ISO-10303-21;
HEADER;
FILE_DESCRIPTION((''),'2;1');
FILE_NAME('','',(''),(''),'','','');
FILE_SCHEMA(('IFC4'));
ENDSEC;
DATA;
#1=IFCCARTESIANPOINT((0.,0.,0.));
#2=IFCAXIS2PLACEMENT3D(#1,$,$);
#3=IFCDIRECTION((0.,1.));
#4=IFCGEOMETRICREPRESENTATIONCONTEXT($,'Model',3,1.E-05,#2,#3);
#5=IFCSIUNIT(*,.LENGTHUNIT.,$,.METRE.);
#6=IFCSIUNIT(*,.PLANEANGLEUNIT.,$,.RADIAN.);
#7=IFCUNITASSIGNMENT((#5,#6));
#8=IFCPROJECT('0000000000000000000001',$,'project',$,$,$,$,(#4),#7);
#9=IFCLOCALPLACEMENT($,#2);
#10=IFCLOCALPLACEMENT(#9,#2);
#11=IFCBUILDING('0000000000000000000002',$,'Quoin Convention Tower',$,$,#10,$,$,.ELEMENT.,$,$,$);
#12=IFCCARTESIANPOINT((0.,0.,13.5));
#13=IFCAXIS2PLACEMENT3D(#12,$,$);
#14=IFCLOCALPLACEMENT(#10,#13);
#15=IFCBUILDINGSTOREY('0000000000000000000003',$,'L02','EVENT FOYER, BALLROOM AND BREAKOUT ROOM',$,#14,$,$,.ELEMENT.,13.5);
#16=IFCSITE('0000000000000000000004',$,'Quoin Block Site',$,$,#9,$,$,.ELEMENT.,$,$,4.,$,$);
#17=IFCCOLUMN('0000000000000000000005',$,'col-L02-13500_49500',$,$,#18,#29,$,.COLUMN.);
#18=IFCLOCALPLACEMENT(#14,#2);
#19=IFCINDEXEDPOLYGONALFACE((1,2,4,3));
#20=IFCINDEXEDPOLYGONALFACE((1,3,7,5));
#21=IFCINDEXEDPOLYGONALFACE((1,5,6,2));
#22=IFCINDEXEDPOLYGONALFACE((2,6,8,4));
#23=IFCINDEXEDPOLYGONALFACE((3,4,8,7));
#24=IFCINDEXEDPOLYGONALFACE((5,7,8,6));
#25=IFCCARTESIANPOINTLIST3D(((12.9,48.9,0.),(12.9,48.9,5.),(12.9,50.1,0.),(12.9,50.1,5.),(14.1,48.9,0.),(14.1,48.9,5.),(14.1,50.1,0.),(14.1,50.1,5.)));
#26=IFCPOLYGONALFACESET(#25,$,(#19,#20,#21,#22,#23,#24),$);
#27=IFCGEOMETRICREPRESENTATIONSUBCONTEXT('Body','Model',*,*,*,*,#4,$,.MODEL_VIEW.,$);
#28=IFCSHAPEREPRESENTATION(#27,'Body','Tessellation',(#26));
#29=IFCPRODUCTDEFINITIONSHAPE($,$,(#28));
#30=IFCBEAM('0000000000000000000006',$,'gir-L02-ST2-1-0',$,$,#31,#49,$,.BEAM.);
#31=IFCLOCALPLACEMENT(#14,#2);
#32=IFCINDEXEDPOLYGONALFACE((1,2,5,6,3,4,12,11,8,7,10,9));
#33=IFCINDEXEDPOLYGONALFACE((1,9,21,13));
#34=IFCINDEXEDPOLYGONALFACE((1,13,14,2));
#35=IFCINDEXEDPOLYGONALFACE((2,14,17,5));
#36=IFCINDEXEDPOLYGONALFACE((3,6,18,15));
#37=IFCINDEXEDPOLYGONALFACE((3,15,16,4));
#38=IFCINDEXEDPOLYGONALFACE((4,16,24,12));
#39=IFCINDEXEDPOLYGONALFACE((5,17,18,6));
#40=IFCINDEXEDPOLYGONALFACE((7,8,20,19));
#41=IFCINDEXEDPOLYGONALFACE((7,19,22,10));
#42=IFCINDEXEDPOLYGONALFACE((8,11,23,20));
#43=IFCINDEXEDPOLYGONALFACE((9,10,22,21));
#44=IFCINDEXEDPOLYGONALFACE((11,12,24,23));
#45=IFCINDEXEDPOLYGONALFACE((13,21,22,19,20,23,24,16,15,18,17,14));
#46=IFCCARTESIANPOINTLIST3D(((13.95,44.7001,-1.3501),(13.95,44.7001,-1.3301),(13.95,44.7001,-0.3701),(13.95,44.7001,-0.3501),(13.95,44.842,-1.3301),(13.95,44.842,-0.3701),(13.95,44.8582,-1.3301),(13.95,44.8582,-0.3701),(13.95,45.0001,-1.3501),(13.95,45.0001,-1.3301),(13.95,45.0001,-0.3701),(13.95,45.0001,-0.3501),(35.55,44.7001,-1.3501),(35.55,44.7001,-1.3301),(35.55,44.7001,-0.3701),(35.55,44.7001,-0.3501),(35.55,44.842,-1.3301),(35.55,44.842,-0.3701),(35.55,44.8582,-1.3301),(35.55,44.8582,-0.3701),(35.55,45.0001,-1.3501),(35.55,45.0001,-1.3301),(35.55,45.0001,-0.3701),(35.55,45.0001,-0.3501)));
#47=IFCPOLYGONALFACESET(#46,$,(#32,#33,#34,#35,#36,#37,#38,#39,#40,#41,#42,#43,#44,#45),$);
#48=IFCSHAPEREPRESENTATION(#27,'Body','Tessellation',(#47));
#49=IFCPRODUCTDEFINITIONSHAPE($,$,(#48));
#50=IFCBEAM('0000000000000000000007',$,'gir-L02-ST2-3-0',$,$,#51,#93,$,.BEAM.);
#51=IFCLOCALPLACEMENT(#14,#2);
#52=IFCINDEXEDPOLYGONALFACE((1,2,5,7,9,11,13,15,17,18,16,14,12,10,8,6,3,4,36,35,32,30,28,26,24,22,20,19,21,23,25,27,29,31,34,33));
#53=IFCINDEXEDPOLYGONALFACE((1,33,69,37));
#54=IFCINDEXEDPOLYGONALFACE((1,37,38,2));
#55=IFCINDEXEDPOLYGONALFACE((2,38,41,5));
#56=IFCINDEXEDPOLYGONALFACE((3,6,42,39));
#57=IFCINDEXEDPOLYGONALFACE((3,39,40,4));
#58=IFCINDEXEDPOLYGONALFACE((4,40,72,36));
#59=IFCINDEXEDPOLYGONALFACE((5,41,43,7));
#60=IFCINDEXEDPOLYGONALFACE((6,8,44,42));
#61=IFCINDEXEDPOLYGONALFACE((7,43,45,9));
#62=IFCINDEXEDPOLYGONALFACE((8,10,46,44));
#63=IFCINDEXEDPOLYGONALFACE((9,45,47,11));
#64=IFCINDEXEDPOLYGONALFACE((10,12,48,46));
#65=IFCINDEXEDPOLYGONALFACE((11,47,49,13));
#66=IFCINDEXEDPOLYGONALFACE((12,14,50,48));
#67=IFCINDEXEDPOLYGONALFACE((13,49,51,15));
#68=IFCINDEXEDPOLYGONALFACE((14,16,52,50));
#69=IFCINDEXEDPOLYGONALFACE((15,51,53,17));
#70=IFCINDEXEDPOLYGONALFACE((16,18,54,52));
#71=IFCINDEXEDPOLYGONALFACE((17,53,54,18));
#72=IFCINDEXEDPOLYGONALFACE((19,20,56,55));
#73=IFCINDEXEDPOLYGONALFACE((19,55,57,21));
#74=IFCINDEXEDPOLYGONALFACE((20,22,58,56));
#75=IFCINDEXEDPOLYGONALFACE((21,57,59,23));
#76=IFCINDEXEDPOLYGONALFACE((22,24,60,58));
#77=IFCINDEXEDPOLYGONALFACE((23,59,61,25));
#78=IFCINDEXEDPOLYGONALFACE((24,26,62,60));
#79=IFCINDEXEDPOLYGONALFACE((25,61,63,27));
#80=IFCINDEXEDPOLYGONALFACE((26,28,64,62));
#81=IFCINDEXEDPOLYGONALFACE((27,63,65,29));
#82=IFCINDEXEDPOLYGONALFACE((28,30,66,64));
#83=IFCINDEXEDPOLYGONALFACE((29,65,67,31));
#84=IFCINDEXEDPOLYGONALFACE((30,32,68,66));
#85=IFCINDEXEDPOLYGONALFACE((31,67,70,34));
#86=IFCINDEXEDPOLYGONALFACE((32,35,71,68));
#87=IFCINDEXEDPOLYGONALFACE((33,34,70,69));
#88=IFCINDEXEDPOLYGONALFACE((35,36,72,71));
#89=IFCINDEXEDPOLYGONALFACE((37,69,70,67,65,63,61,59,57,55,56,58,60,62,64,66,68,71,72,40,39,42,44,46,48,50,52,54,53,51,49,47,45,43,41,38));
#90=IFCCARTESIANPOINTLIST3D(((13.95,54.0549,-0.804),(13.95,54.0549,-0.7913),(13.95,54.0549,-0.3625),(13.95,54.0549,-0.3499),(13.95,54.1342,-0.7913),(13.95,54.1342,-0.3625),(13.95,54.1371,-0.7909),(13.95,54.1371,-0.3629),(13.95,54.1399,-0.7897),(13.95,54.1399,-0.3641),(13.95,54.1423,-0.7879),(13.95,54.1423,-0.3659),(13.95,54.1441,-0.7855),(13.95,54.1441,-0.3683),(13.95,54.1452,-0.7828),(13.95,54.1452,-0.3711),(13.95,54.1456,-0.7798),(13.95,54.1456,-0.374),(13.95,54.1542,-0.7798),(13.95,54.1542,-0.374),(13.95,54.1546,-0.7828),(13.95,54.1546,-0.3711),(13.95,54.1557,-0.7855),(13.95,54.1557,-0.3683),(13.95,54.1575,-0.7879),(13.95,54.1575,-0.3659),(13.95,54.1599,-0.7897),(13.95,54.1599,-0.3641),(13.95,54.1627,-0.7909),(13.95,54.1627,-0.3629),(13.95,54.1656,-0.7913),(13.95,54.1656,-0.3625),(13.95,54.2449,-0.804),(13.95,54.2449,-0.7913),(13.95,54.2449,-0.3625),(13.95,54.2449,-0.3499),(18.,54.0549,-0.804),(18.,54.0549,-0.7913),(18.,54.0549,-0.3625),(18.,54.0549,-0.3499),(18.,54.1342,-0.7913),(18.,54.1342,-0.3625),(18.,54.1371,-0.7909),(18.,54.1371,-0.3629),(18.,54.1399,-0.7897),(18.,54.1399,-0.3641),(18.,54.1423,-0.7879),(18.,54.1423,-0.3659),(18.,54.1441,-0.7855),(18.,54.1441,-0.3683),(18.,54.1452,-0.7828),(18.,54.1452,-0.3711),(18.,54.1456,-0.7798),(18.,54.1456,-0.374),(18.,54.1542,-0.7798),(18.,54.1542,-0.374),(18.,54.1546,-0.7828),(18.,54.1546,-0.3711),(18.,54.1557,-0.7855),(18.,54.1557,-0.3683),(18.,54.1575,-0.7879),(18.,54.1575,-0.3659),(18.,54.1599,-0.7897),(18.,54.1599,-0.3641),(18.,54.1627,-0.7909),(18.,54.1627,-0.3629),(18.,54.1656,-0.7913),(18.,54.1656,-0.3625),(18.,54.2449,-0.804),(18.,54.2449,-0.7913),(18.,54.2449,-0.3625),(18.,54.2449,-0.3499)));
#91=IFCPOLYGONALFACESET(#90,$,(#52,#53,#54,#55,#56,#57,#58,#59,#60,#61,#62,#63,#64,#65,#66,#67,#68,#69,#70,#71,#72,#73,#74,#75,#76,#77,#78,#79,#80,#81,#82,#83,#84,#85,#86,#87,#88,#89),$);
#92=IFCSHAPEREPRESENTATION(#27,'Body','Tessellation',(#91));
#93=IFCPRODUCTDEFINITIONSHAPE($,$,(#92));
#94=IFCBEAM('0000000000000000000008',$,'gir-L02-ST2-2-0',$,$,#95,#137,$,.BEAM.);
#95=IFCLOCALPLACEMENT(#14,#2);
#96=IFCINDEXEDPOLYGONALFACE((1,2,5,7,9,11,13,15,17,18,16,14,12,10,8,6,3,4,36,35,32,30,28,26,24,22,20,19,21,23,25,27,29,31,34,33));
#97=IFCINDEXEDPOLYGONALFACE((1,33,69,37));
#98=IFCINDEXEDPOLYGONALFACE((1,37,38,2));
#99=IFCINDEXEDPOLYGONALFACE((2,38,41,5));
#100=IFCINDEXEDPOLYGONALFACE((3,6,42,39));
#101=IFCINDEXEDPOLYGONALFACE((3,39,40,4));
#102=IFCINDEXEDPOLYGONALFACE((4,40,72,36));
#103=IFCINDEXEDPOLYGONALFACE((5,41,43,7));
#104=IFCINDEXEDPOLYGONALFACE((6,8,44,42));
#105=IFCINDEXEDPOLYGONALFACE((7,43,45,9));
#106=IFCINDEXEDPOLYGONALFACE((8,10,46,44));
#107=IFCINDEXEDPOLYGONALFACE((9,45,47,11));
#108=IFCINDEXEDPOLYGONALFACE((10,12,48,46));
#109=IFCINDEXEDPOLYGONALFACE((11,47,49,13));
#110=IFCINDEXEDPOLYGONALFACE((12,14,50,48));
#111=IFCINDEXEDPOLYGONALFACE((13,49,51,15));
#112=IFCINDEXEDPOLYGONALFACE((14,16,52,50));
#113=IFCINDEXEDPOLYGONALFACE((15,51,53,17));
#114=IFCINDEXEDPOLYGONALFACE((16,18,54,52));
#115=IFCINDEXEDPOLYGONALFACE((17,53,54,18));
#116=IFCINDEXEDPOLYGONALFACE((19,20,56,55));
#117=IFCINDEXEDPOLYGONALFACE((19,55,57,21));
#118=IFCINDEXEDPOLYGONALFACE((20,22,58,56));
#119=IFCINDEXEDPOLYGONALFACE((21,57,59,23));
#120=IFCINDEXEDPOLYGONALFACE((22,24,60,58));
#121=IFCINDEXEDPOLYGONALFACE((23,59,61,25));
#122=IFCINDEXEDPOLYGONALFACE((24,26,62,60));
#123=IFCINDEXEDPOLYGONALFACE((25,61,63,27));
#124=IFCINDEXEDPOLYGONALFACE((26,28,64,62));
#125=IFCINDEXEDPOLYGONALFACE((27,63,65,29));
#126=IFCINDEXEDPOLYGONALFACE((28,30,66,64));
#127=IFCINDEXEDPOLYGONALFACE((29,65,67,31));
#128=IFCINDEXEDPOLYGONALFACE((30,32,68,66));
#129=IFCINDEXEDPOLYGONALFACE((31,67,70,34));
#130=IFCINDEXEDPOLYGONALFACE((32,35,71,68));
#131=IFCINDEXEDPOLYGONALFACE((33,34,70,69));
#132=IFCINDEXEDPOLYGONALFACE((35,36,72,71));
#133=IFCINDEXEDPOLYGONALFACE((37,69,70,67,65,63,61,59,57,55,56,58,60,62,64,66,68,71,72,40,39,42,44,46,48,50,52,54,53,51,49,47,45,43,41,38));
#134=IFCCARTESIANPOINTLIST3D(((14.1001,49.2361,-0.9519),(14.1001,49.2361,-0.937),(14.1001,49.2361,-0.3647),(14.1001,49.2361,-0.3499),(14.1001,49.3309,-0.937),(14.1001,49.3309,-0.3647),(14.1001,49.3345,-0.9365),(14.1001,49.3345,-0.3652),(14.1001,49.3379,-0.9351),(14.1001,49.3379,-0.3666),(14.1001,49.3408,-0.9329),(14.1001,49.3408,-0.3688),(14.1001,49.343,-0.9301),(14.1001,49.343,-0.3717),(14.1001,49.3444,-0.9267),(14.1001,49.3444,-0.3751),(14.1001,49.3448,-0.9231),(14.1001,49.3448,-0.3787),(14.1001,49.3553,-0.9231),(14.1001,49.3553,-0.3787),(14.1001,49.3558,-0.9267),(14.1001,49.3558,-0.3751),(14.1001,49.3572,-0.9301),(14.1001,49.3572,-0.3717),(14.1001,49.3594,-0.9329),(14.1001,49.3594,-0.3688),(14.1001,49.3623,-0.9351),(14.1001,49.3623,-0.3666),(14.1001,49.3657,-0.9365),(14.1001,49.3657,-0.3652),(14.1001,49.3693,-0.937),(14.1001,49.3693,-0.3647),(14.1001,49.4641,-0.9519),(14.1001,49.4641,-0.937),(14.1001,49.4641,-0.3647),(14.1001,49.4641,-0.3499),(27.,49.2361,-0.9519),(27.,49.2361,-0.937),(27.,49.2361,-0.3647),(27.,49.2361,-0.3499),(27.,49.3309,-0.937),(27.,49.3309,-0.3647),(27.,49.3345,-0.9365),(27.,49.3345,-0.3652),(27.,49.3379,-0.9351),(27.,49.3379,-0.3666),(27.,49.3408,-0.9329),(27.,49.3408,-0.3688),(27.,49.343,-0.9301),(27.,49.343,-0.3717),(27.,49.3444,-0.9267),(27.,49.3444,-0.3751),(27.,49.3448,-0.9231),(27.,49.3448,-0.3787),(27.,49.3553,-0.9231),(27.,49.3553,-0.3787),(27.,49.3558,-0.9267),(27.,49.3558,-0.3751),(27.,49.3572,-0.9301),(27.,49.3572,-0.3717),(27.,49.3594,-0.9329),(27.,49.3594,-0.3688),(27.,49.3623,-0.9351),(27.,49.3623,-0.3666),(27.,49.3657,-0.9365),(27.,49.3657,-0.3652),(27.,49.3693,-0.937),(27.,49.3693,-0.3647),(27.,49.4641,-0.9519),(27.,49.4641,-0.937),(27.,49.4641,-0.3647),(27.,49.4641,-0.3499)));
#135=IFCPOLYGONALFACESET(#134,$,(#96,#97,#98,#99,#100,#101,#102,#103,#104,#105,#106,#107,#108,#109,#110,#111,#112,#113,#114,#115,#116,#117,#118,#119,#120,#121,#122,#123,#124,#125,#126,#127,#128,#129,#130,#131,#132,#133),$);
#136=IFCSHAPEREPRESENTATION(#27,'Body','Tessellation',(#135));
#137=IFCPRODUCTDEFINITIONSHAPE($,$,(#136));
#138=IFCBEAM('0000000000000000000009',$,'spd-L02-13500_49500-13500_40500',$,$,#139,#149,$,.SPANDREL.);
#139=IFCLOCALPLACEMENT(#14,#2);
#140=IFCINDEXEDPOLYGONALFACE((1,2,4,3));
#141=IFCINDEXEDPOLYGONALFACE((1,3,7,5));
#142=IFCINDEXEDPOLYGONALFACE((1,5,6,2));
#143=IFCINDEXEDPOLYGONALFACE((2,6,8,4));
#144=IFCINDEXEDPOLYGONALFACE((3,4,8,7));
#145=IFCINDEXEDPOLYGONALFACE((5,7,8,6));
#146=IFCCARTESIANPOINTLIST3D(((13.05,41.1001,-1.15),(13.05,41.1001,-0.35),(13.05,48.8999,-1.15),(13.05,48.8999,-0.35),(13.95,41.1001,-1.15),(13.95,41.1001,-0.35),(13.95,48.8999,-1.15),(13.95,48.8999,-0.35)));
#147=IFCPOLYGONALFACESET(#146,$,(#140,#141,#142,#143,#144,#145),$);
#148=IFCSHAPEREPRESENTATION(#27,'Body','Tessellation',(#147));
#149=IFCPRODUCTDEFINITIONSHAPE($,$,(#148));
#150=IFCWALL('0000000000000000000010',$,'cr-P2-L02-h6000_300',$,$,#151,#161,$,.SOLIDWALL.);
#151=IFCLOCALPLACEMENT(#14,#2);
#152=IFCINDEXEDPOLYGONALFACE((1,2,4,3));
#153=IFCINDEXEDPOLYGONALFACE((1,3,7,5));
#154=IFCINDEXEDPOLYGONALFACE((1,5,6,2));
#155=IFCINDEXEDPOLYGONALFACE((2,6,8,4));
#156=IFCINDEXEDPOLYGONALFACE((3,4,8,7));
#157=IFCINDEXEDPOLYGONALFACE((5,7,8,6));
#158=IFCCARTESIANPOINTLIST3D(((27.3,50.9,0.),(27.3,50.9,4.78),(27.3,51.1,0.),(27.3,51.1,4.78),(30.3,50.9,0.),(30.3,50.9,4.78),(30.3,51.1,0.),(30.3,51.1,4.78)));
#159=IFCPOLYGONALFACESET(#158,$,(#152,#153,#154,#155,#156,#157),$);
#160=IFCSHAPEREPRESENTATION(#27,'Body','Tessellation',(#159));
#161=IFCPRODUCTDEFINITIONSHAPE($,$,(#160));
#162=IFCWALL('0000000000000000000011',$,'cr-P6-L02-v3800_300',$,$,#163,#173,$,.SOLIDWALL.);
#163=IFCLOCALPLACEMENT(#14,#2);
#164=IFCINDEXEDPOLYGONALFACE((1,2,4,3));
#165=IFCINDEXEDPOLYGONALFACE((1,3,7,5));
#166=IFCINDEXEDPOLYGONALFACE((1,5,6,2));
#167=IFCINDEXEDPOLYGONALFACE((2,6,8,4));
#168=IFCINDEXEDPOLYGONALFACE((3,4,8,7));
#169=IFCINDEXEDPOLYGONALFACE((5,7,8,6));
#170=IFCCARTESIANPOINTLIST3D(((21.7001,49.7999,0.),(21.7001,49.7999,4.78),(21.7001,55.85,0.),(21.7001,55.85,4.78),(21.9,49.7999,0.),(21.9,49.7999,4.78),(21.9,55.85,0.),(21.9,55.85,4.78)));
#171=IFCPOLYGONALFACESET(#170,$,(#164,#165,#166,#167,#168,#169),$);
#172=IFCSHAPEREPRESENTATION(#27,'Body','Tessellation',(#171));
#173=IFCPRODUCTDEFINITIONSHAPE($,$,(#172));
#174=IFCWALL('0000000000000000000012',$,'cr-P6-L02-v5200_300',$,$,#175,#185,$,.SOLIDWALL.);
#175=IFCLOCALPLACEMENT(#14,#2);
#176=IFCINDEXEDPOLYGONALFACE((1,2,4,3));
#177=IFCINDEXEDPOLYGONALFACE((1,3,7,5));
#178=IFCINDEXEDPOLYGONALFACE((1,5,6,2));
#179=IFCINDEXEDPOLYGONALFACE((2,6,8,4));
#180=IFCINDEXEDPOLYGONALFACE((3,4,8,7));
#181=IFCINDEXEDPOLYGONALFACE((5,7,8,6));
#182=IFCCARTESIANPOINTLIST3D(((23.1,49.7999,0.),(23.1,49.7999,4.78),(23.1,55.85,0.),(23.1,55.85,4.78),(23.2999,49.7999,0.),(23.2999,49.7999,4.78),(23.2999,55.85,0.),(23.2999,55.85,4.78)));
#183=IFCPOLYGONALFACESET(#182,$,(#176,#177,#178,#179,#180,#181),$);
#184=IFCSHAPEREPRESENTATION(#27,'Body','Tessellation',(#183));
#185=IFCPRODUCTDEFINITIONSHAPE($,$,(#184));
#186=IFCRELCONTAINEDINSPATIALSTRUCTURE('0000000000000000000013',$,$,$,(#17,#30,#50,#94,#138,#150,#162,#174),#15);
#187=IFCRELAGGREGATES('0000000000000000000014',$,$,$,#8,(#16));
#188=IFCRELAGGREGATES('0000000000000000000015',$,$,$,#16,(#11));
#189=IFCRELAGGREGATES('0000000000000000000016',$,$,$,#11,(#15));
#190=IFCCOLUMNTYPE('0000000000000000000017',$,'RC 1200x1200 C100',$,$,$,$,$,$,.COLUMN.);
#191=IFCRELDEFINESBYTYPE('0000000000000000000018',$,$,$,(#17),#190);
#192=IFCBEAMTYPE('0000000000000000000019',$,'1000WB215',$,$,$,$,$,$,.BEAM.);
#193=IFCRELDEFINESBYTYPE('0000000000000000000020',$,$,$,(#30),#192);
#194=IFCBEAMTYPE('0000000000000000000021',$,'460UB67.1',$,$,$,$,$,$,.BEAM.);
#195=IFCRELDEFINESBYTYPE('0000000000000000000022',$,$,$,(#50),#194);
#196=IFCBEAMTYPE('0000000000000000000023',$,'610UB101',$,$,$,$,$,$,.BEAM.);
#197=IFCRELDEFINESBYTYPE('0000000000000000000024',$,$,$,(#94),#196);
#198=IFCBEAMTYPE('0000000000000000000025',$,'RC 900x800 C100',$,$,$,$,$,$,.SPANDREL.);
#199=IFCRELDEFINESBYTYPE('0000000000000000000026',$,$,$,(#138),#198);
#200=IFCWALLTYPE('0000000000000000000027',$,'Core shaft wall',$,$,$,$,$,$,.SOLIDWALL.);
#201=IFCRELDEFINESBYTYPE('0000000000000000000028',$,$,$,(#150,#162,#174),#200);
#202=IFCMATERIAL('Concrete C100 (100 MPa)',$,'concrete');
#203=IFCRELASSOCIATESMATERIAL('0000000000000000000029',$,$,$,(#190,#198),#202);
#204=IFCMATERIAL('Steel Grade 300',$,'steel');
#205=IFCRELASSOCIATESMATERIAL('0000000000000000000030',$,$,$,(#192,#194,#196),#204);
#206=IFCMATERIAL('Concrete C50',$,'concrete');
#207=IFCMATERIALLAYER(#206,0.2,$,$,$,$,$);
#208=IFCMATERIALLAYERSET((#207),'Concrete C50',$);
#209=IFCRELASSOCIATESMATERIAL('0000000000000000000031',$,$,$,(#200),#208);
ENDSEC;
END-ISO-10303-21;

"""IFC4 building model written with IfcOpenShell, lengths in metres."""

from ifc_helpers import new_model, si_unit, direction, frame, frame_2d, origin, origin_2d, place, context, subcontext, project, spatial, rectangle, i_section, extrude, material, layer, layer_set, material_profile, profile_set, type_object, element, save


model = new_model("IFC4")

# Units and contexts
model_context = context("Model", 3, precision=1e-05, world=origin(), true_north=direction((0.0, 1.0)))
body_context = subcontext(model_context, "Body", "Model", "MODEL_VIEW")
ifc_project = project(units=[si_unit("LENGTHUNIT", "METRE"), si_unit("PLANEANGLEUNIT", "RADIAN")], contexts=[model_context])

# Site, building, storey
site_placement = place(None, origin())
site = spatial("IfcSite", under=ifc_project, at=site_placement, Name="Quoin Block Site", CompositionType="ELEMENT", RefElevation=4.0)
building_placement = place(site_placement, origin())
building = spatial("IfcBuilding", under=site, at=building_placement, Name="Quoin Convention Tower", CompositionType="ELEMENT")
storey_placement = place(building_placement, frame((0.0, 0.0, 13.5)))
storey = spatial("IfcBuildingStorey", under=building, at=storey_placement, Name="L02", Description="EVENT FOYER, BALLROOM AND BREAKOUT ROOM", CompositionType="ELEMENT", Elevation=13.5)

# Column
ifc_material_1 = material(Name="Concrete C100 (100 MPa)", Category="concrete")
ifc_material_profile_1 = material_profile(ifc_material_1, rectangle(XDim=1.2, YDim=1.2, at=origin_2d()), Name="RC 1200x1200")
ifc_profile_set_1 = profile_set([ifc_material_profile_1], Name="Concrete C100 (100 MPa)")
column_type = type_object("IfcColumnType", Name="RC 1200x1200 C100", PredefinedType="COLUMN", material=ifc_profile_set_1)
column_placement = place(storey_placement, frame((13.5, 49.5, 0.0), z_axis=(0.0, 0.0, 1.0), x_axis=(1.0, 0.0, 0.0)))
element("IfcColumn", 1, at=column_placement, inside=storey, type_object=column_type, Name="col-L02-13500_49500", PredefinedType="COLUMN", context=body_context, shape_type="SweptSolid", body=[
    extrude(rectangle(XDim=1.2, YDim=1.2, at=origin_2d()), origin(), (0.0, 0.0, 1.0), 5.0),
])

# Beams
ifc_material_2 = material(Name="Steel Grade 300", Category="steel")
ifc_material_profile_2 = material_profile(ifc_material_2, i_section(OverallWidth=0.3, OverallDepth=1.0, WebThickness=0.0161, FlangeThickness=0.02, at=origin_2d()), Name="1000WB215")
ifc_profile_set_2 = profile_set([ifc_material_profile_2], Name="Steel Grade 300")
beam_type_1 = type_object("IfcBeamType", Name="1000WB215", PredefinedType="BEAM", material=ifc_profile_set_2)
beam_1_placement = place(storey_placement, frame((13.95, 44.8501, -0.8501), z_axis=(1.0, 0.0, 0.0), x_axis=(0.0, 1.0, 0.0)))
element("IfcBeam", 2, at=beam_1_placement, inside=storey, type_object=beam_type_1, Name="gir-L02-ST2-1-0", PredefinedType="BEAM", context=body_context, shape_type="SweptSolid", body=[
    extrude(i_section(OverallWidth=0.3, OverallDepth=1.0, WebThickness=0.0161, FlangeThickness=0.02, at=origin_2d()), origin(), (0.0, 0.0, 1.0), 21.6001),
])
ifc_material_profile_3 = material_profile(ifc_material_2, i_section(OverallWidth=0.1899, OverallDepth=0.4541, WebThickness=0.0085, FlangeThickness=0.0127, FilletRadius=0.0115, at=origin_2d()), Name="460UB67.1")
ifc_profile_set_3 = profile_set([ifc_material_profile_3], Name="Steel Grade 300")
beam_type_2 = type_object("IfcBeamType", Name="460UB67.1", PredefinedType="BEAM", material=ifc_profile_set_3)
beam_2_placement = place(storey_placement, frame((13.95, 54.1499, -0.5769), z_axis=(1.0, 0.0, 0.0), x_axis=(0.0, 1.0, 0.0)))
element("IfcBeam", 3, at=beam_2_placement, inside=storey, type_object=beam_type_2, Name="gir-L02-ST2-3-0", PredefinedType="BEAM", context=body_context, shape_type="SweptSolid", body=[
    extrude(i_section(OverallWidth=0.1899, OverallDepth=0.4541, WebThickness=0.0085, FlangeThickness=0.0127, FilletRadius=0.0115, at=origin_2d()), origin(), (0.0, 0.0, 1.0), 4.05),
])
ifc_material_profile_4 = material_profile(ifc_material_2, i_section(OverallWidth=0.228, OverallDepth=0.6021, WebThickness=0.0105, FlangeThickness=0.0149, FilletRadius=0.0139, at=origin_2d()), Name="610UB101")
ifc_profile_set_4 = profile_set([ifc_material_profile_4], Name="Steel Grade 300")
beam_type_3 = type_object("IfcBeamType", Name="610UB101", PredefinedType="BEAM", material=ifc_profile_set_4)
beam_3_placement = place(storey_placement, frame((14.1001, 49.3501, -0.6509), z_axis=(1.0, 0.0, 0.0), x_axis=(0.0, 1.0, 0.0)))
element("IfcBeam", 4, at=beam_3_placement, inside=storey, type_object=beam_type_3, Name="gir-L02-ST2-2-0", PredefinedType="BEAM", context=body_context, shape_type="SweptSolid", body=[
    extrude(i_section(OverallWidth=0.228, OverallDepth=0.6021, WebThickness=0.0105, FlangeThickness=0.0149, FilletRadius=0.0139, at=origin_2d()), origin(), (0.0, 0.0, 1.0), 12.8999),
])
ifc_material_profile_5 = material_profile(ifc_material_1, rectangle(XDim=0.8999, YDim=0.8, at=origin_2d()), Name="RC 900x800")
ifc_profile_set_5 = profile_set([ifc_material_profile_5], Name="Concrete C100 (100 MPa)")
beam_type_4 = type_object("IfcBeamType", Name="RC 900x800 C100", PredefinedType="SPANDREL", material=ifc_profile_set_5)
beam_4_placement = place(storey_placement, frame((13.5, 48.8999, -0.75), z_axis=(0.0, -1.0, 0.0), x_axis=(1.0, 0.0, 0.0)))
element("IfcBeam", 5, at=beam_4_placement, inside=storey, type_object=beam_type_4, Name="spd-L02-13500_49500-13500_40500", PredefinedType="SPANDREL", context=body_context, shape_type="SweptSolid", body=[
    extrude(rectangle(XDim=0.8999, YDim=0.8, at=origin_2d()), origin(), (0.0, 0.0, 1.0), 7.7998),
])

# Walls
ifc_material_3 = material(Name="Concrete C50", Category="concrete")
ifc_layer_1 = layer(ifc_material_3, 0.2)
ifc_layer_set_1 = layer_set([ifc_layer_1], Name="Concrete C50")
wall_type_1 = type_object("IfcWallType", Name="Core shaft wall", PredefinedType="SOLIDWALL", material=ifc_layer_set_1)
wall_1_placement = place(storey_placement, frame((27.3, 51.0, 0.0), z_axis=(0.0, 0.0, 1.0), x_axis=(1.0, 0.0, 0.0)))
element("IfcWall", 6, at=wall_1_placement, inside=storey, type_object=wall_type_1, Name="cr-P2-L02-h6000_300", PredefinedType="SOLIDWALL", context=body_context, shape_type="SweptSolid", body=[
    extrude(rectangle(XDim=3.0, YDim=0.2, at=frame_2d((1.5, 0.0))), origin(), (0.0, 0.0, 1.0), 4.78),
])
for number, where, z_axis, x_axis, name in (
    (7, (21.8, 49.8, 0.0), (0.0, 0.0, 1.0), (0.0, 1.0, 0.0), "cr-P6-L02-v3800_300"),
    (8, (23.2, 49.8, 0.0), (0.0, 0.0, 1.0), (0.0, 1.0, 0.0), "cr-P6-L02-v5200_300"),
):
    element("IfcWall", number, at=place(storey_placement, frame(where, z_axis=z_axis, x_axis=x_axis)), inside=storey, type_object=wall_type_1, Name=name, PredefinedType="SOLIDWALL", context=body_context, shape_type="SweptSolid", body=[
        extrude(rectangle(XDim=6.05, YDim=0.2, at=frame_2d((3.0249, 0.0))), origin(), (0.0, 0.0, 1.0), 4.78),
    ])

save(model, "model.ifc")
